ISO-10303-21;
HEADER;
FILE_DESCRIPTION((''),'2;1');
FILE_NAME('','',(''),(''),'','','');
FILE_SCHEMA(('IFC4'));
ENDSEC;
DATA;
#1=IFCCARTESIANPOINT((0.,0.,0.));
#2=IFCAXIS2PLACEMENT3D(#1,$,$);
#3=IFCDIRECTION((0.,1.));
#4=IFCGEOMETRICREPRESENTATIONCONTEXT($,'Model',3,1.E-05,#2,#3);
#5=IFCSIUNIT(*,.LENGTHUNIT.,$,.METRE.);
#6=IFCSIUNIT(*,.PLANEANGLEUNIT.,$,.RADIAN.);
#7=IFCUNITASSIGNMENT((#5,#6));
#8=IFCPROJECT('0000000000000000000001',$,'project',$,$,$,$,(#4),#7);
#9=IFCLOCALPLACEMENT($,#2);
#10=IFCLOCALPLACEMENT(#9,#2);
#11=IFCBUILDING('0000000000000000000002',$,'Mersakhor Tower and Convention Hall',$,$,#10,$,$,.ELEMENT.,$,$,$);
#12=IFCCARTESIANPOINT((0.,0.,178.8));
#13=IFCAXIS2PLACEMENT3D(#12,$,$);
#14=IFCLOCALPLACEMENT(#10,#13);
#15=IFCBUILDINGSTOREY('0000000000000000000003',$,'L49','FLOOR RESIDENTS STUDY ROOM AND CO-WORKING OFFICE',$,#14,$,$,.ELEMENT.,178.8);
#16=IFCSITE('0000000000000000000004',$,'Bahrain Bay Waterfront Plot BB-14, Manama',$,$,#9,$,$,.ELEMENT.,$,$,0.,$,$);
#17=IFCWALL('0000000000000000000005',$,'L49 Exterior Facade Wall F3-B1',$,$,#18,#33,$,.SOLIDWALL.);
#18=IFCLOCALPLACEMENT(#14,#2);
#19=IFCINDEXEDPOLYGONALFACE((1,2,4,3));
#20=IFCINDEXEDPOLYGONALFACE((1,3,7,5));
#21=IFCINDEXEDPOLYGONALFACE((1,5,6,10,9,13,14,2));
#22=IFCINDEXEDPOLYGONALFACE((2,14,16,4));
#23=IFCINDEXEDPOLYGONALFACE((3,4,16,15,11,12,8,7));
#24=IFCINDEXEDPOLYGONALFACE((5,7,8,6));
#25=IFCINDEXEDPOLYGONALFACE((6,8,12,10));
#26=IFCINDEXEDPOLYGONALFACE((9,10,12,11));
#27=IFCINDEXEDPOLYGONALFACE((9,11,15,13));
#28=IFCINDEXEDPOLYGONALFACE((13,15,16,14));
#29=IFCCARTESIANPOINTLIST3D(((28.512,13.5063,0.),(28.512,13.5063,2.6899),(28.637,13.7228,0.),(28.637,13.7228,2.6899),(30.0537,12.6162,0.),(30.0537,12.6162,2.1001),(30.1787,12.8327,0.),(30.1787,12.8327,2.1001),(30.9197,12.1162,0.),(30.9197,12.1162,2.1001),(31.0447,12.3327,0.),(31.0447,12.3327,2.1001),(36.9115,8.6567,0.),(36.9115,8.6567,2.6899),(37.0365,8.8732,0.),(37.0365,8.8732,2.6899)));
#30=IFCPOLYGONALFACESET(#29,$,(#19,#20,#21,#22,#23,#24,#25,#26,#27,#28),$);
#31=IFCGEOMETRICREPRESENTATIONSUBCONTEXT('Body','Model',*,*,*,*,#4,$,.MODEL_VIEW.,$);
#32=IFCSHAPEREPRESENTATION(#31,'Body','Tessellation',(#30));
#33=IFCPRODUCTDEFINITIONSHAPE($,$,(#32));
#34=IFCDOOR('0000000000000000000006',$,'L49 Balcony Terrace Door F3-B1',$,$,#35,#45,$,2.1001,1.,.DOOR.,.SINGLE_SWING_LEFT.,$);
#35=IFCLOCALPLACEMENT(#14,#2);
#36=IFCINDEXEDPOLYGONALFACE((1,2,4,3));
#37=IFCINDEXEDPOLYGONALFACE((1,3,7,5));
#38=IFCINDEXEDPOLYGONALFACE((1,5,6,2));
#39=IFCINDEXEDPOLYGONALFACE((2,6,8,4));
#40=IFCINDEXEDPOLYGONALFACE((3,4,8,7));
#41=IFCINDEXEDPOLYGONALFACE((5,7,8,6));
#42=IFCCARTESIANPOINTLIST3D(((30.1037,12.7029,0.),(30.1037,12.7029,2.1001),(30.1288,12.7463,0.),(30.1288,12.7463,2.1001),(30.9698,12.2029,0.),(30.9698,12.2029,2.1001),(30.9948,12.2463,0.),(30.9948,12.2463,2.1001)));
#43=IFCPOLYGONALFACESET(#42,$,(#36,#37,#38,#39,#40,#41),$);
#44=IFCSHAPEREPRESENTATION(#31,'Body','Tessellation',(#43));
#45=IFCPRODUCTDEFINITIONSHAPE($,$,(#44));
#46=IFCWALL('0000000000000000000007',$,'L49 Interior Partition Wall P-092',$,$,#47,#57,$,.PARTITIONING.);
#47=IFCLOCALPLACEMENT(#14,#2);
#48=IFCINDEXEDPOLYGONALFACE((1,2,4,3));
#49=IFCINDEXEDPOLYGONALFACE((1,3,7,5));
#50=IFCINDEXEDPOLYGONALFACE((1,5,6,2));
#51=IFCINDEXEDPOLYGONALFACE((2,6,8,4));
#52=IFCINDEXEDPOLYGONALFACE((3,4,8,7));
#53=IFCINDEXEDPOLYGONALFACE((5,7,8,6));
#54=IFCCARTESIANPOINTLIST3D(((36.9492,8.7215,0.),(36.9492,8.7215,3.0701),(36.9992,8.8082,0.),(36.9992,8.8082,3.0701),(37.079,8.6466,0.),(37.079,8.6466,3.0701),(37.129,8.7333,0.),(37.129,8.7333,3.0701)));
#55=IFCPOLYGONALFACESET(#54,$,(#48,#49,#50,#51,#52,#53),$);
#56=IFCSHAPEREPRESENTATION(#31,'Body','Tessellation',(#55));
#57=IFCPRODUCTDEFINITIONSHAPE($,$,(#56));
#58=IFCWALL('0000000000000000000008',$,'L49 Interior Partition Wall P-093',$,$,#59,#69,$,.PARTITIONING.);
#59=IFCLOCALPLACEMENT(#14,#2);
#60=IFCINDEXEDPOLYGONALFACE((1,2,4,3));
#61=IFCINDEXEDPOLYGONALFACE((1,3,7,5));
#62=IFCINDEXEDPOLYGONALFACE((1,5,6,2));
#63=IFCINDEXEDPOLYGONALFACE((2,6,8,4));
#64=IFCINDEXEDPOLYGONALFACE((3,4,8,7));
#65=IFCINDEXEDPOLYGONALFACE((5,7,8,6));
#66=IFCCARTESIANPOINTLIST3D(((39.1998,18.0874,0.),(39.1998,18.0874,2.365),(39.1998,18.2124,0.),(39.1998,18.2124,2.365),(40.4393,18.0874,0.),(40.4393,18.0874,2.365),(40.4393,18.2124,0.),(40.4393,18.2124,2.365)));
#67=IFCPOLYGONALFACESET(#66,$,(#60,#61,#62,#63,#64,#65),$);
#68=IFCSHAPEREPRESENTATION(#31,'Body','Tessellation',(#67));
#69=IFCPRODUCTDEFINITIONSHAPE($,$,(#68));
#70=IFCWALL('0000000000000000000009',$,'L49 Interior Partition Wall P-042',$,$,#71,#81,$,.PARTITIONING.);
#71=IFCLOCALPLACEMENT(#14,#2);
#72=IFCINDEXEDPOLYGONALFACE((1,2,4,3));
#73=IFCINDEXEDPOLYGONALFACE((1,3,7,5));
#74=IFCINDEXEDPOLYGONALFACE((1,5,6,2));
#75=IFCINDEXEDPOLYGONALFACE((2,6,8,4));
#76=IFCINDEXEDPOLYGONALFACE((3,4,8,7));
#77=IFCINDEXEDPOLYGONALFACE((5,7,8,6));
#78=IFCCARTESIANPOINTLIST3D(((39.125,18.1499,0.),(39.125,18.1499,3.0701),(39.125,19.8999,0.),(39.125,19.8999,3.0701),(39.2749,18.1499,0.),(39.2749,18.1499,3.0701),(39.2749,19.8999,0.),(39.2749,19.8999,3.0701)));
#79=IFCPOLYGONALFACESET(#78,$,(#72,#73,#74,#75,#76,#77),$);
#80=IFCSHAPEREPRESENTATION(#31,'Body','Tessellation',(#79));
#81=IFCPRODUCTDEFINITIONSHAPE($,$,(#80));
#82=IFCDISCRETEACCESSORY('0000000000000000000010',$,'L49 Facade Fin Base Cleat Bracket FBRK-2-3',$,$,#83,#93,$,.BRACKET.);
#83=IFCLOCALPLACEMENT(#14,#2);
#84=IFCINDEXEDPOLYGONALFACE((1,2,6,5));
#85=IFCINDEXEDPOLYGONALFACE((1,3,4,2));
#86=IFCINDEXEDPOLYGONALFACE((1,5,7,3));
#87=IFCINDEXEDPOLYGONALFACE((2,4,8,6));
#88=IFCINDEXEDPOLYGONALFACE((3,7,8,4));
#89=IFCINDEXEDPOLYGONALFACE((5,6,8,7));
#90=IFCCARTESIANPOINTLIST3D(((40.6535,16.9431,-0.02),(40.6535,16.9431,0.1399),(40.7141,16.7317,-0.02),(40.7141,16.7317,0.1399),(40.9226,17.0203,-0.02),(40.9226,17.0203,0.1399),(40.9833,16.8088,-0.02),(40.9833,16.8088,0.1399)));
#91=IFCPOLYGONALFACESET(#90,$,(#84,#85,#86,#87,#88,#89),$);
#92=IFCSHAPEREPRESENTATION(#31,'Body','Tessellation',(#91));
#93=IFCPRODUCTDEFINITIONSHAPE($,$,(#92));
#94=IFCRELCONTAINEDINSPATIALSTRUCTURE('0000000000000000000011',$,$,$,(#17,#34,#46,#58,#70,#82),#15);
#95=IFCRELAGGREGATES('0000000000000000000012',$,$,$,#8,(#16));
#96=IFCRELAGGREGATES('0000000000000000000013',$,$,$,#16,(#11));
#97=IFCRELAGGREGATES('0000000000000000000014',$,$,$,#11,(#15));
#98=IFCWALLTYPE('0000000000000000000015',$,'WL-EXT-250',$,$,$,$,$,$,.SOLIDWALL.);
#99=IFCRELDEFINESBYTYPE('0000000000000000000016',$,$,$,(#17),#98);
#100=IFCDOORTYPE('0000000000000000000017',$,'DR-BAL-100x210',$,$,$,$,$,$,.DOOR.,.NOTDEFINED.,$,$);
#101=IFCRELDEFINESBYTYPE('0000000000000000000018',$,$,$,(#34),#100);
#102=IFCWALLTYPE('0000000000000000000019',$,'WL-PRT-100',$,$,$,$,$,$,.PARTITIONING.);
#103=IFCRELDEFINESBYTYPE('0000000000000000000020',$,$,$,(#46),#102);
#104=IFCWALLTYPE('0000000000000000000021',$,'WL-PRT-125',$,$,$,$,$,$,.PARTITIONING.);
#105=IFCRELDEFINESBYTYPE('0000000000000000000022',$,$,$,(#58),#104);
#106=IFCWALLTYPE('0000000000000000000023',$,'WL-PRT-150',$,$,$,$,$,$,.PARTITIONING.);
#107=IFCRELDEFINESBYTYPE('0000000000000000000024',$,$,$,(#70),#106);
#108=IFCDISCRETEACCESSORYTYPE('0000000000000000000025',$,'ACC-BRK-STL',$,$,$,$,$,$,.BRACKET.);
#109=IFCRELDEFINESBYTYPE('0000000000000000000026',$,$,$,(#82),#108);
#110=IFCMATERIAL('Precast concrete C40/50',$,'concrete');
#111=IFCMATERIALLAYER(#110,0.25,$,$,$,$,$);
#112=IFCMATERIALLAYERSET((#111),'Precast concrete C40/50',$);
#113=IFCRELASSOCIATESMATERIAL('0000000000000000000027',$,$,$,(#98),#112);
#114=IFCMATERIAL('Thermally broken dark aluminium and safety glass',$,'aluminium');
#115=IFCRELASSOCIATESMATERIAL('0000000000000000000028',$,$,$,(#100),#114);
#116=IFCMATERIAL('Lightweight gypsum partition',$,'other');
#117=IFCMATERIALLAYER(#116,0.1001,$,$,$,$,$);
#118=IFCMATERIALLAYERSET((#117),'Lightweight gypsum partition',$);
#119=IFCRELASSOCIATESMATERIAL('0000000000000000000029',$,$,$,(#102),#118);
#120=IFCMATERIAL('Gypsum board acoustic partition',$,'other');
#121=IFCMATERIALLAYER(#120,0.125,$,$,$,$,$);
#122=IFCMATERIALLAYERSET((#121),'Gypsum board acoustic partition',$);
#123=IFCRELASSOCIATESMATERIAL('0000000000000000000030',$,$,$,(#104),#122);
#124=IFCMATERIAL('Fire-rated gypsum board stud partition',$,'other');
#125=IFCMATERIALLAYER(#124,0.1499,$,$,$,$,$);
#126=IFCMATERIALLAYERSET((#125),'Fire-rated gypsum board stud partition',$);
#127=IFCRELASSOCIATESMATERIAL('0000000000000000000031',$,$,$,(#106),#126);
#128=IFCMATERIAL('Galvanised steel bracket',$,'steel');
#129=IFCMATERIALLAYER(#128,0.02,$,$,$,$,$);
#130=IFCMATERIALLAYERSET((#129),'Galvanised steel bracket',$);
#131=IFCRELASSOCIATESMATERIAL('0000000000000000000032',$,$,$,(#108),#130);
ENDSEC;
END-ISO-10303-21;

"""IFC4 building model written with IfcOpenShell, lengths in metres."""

from ifc_helpers import new_model, si_unit, direction, frame, frame_2d, origin, origin_2d, place, context, subcontext, project, spatial, rectangle, extrude, material, layer, layer_set, type_object, element, fill, save


model = new_model("IFC4")

# Units and contexts
model_context = context("Model", 3, precision=1e-05, world=origin(), true_north=direction((0.0, 1.0)))
body_context = subcontext(model_context, "Body", "Model", "MODEL_VIEW")
ifc_project = project(units=[si_unit("LENGTHUNIT", "METRE"), si_unit("PLANEANGLEUNIT", "RADIAN")], contexts=[model_context])

# Site, building, storey
site_placement = place(None, origin())
site = spatial("IfcSite", under=ifc_project, at=site_placement, Name="Bahrain Bay Waterfront Plot BB-14, Manama", CompositionType="ELEMENT", RefElevation=0.0)
building_placement = place(site_placement, origin())
building = spatial("IfcBuilding", under=site, at=building_placement, Name="Mersakhor Tower and Convention Hall", CompositionType="ELEMENT")
storey_placement = place(building_placement, frame((0.0, 0.0, 178.8)))
storey = spatial("IfcBuildingStorey", under=building, at=storey_placement, Name="L49", Description="FLOOR RESIDENTS STUDY ROOM AND CO-WORKING OFFICE", CompositionType="ELEMENT", Elevation=178.8)

# Shared definitions
ifc_material_1 = material(Name="Precast concrete C40/50", Category="concrete")
ifc_layer_1 = layer(ifc_material_1, 0.25)
ifc_layer_set_1 = layer_set([ifc_layer_1], Name="Precast concrete C40/50")
wall_type_1 = type_object("IfcWallType", Name="WL-EXT-250", PredefinedType="SOLIDWALL", material=ifc_layer_set_1)

# Wall, opening, door
wall_1_placement = place(storey_placement, frame((36.9741, 8.7649, 0.0), z_axis=(0.0, 0.0, 1.0), x_axis=(-0.866016, 0.500016, 0.0)))
wall_1 = element("IfcWall", 1, at=wall_1_placement, inside=storey, type_object=wall_type_1, Name="L49 Exterior Facade Wall F3-B1", PredefinedType="SOLIDWALL", context=body_context, shape_type="SweptSolid", body=[
    extrude(rectangle(XDim=9.699, YDim=0.25, at=frame_2d((4.8496, 0.0))), origin(), (0.0, 0.0, 1.0), 2.6899),
])
opening_1_placement = place(wall_1_placement, frame((6.9189, 0.0, 0.0)))
opening_1 = element("IfcOpeningElement", 2, at=opening_1_placement, cuts=wall_1, PredefinedType="OPENING", context=body_context, shape_type="SweptSolid", body=[
    extrude(rectangle(XDim=1.0, YDim=2.1001, at=frame_2d((0.5, 1.05))), frame((0.0, 0.135, 0.0), z_axis=(0.0, -1.0, 0.0), x_axis=(1.0, 0.0, 0.0)), (0.0, 0.0, 1.0), 0.27),
])
ifc_material_2 = material(Name="Thermally broken dark aluminium and safety glass", Category="aluminium")
door_type_1 = type_object("IfcDoorType", Name="DR-BAL-100x210", OperationType="NOTDEFINED", PredefinedType="DOOR", material=ifc_material_2)
door_1_placement = place(opening_1_placement, origin())
door_1 = element("IfcDoor", 3, at=door_1_placement, inside=storey, type_object=door_type_1, Name="L49 Balcony Terrace Door F3-B1", OperationType="SINGLE_SWING_LEFT", OverallHeight=2.1001, OverallWidth=1.0, PredefinedType="DOOR", context=body_context, shape_type="SweptSolid", body=[
    extrude(rectangle(XDim=1.0, YDim=2.1001, at=frame_2d((0.5, 1.05))), frame((0.0, 0.0249, 0.0), z_axis=(0.0, -1.0, 0.0), x_axis=(1.0, 0.0, 0.0)), (0.0, 0.0, 1.0), 0.05),
])
fill(opening_1, door_1)

# Walls
ifc_material_3 = material(Name="Lightweight gypsum partition", Category="other")
ifc_layer_2 = layer(ifc_material_3, 0.1001)
ifc_layer_set_2 = layer_set([ifc_layer_2], Name="Lightweight gypsum partition")
wall_type_2 = type_object("IfcWallType", Name="WL-PRT-100", PredefinedType="PARTITIONING", material=ifc_layer_set_2)
wall_2_placement = place(storey_placement, frame((37.104, 8.6899, 0.0), z_axis=(0.0, 0.0, 1.0), x_axis=(-0.866131, 0.499816, 0.0)))
element("IfcWall", 4, at=wall_2_placement, inside=storey, type_object=wall_type_2, Name="L49 Interior Partition Wall P-092", PredefinedType="PARTITIONING", context=body_context, shape_type="SweptSolid", body=[
    extrude(rectangle(XDim=0.1499, YDim=0.1001, at=frame_2d((0.075, 0.0))), origin(), (0.0, 0.0, 1.0), 3.0701),
])
ifc_material_4 = material(Name="Gypsum board acoustic partition", Category="other")
ifc_layer_3 = layer(ifc_material_4, 0.125)
ifc_layer_set_3 = layer_set([ifc_layer_3], Name="Gypsum board acoustic partition")
wall_type_3 = type_object("IfcWallType", Name="WL-PRT-125", PredefinedType="PARTITIONING", material=ifc_layer_set_3)
wall_3_placement = place(storey_placement, frame((39.2, 18.1499, 0.0), z_axis=(0.0, 0.0, 1.0), x_axis=(1.0, 0.0, 0.0)))
element("IfcWall", 5, at=wall_3_placement, inside=storey, type_object=wall_type_3, Name="L49 Interior Partition Wall P-093", PredefinedType="PARTITIONING", context=body_context, shape_type="SweptSolid", body=[
    extrude(rectangle(XDim=1.2395, YDim=0.125, at=frame_2d((0.6196, 0.0))), origin(), (0.0, 0.0, 1.0), 2.365),
])
ifc_material_5 = material(Name="Fire-rated gypsum board stud partition", Category="other")
ifc_layer_4 = layer(ifc_material_5, 0.1499)
ifc_layer_set_4 = layer_set([ifc_layer_4], Name="Fire-rated gypsum board stud partition")
wall_type_4 = type_object("IfcWallType", Name="WL-PRT-150", PredefinedType="PARTITIONING", material=ifc_layer_set_4)
wall_4_placement = place(storey_placement, frame((39.2, 19.8999, 0.0), z_axis=(0.0, 0.0, 1.0), x_axis=(0.0, -1.0, 0.0)))
element("IfcWall", 6, at=wall_4_placement, inside=storey, type_object=wall_type_4, Name="L49 Interior Partition Wall P-042", PredefinedType="PARTITIONING", context=body_context, shape_type="SweptSolid", body=[
    extrude(rectangle(XDim=1.75, YDim=0.1499, at=frame_2d((0.875, 0.0))), origin(), (0.0, 0.0, 1.0), 3.0701),
])

# Discrete accessory
ifc_material_6 = material(Name="Galvanised steel bracket", Category="steel")
ifc_layer_5 = layer(ifc_material_6, 0.02)
ifc_layer_set_5 = layer_set([ifc_layer_5], Name="Galvanised steel bracket")
discrete_accessory_type = type_object("IfcDiscreteAccessoryType", Name="ACC-BRK-STL", PredefinedType="BRACKET", material=ifc_layer_set_5)
discrete_accessory_placement = place(storey_placement, frame((40.8184, 16.876, -0.02), z_axis=(0.0, 0.0, 1.0), x_axis=(0.961262, 0.275637, 0.0)))
element("IfcDiscreteAccessory", 7, at=discrete_accessory_placement, inside=storey, type_object=discrete_accessory_type, Name="L49 Facade Fin Base Cleat Bracket FBRK-2-3", PredefinedType="BRACKET", context=body_context, shape_type="SweptSolid", body=[
    extrude(rectangle(XDim=0.28, YDim=0.22, at=origin_2d()), origin(), (0.0, 0.0, 1.0), 0.1599),
])

save(model, "model.ifc")
